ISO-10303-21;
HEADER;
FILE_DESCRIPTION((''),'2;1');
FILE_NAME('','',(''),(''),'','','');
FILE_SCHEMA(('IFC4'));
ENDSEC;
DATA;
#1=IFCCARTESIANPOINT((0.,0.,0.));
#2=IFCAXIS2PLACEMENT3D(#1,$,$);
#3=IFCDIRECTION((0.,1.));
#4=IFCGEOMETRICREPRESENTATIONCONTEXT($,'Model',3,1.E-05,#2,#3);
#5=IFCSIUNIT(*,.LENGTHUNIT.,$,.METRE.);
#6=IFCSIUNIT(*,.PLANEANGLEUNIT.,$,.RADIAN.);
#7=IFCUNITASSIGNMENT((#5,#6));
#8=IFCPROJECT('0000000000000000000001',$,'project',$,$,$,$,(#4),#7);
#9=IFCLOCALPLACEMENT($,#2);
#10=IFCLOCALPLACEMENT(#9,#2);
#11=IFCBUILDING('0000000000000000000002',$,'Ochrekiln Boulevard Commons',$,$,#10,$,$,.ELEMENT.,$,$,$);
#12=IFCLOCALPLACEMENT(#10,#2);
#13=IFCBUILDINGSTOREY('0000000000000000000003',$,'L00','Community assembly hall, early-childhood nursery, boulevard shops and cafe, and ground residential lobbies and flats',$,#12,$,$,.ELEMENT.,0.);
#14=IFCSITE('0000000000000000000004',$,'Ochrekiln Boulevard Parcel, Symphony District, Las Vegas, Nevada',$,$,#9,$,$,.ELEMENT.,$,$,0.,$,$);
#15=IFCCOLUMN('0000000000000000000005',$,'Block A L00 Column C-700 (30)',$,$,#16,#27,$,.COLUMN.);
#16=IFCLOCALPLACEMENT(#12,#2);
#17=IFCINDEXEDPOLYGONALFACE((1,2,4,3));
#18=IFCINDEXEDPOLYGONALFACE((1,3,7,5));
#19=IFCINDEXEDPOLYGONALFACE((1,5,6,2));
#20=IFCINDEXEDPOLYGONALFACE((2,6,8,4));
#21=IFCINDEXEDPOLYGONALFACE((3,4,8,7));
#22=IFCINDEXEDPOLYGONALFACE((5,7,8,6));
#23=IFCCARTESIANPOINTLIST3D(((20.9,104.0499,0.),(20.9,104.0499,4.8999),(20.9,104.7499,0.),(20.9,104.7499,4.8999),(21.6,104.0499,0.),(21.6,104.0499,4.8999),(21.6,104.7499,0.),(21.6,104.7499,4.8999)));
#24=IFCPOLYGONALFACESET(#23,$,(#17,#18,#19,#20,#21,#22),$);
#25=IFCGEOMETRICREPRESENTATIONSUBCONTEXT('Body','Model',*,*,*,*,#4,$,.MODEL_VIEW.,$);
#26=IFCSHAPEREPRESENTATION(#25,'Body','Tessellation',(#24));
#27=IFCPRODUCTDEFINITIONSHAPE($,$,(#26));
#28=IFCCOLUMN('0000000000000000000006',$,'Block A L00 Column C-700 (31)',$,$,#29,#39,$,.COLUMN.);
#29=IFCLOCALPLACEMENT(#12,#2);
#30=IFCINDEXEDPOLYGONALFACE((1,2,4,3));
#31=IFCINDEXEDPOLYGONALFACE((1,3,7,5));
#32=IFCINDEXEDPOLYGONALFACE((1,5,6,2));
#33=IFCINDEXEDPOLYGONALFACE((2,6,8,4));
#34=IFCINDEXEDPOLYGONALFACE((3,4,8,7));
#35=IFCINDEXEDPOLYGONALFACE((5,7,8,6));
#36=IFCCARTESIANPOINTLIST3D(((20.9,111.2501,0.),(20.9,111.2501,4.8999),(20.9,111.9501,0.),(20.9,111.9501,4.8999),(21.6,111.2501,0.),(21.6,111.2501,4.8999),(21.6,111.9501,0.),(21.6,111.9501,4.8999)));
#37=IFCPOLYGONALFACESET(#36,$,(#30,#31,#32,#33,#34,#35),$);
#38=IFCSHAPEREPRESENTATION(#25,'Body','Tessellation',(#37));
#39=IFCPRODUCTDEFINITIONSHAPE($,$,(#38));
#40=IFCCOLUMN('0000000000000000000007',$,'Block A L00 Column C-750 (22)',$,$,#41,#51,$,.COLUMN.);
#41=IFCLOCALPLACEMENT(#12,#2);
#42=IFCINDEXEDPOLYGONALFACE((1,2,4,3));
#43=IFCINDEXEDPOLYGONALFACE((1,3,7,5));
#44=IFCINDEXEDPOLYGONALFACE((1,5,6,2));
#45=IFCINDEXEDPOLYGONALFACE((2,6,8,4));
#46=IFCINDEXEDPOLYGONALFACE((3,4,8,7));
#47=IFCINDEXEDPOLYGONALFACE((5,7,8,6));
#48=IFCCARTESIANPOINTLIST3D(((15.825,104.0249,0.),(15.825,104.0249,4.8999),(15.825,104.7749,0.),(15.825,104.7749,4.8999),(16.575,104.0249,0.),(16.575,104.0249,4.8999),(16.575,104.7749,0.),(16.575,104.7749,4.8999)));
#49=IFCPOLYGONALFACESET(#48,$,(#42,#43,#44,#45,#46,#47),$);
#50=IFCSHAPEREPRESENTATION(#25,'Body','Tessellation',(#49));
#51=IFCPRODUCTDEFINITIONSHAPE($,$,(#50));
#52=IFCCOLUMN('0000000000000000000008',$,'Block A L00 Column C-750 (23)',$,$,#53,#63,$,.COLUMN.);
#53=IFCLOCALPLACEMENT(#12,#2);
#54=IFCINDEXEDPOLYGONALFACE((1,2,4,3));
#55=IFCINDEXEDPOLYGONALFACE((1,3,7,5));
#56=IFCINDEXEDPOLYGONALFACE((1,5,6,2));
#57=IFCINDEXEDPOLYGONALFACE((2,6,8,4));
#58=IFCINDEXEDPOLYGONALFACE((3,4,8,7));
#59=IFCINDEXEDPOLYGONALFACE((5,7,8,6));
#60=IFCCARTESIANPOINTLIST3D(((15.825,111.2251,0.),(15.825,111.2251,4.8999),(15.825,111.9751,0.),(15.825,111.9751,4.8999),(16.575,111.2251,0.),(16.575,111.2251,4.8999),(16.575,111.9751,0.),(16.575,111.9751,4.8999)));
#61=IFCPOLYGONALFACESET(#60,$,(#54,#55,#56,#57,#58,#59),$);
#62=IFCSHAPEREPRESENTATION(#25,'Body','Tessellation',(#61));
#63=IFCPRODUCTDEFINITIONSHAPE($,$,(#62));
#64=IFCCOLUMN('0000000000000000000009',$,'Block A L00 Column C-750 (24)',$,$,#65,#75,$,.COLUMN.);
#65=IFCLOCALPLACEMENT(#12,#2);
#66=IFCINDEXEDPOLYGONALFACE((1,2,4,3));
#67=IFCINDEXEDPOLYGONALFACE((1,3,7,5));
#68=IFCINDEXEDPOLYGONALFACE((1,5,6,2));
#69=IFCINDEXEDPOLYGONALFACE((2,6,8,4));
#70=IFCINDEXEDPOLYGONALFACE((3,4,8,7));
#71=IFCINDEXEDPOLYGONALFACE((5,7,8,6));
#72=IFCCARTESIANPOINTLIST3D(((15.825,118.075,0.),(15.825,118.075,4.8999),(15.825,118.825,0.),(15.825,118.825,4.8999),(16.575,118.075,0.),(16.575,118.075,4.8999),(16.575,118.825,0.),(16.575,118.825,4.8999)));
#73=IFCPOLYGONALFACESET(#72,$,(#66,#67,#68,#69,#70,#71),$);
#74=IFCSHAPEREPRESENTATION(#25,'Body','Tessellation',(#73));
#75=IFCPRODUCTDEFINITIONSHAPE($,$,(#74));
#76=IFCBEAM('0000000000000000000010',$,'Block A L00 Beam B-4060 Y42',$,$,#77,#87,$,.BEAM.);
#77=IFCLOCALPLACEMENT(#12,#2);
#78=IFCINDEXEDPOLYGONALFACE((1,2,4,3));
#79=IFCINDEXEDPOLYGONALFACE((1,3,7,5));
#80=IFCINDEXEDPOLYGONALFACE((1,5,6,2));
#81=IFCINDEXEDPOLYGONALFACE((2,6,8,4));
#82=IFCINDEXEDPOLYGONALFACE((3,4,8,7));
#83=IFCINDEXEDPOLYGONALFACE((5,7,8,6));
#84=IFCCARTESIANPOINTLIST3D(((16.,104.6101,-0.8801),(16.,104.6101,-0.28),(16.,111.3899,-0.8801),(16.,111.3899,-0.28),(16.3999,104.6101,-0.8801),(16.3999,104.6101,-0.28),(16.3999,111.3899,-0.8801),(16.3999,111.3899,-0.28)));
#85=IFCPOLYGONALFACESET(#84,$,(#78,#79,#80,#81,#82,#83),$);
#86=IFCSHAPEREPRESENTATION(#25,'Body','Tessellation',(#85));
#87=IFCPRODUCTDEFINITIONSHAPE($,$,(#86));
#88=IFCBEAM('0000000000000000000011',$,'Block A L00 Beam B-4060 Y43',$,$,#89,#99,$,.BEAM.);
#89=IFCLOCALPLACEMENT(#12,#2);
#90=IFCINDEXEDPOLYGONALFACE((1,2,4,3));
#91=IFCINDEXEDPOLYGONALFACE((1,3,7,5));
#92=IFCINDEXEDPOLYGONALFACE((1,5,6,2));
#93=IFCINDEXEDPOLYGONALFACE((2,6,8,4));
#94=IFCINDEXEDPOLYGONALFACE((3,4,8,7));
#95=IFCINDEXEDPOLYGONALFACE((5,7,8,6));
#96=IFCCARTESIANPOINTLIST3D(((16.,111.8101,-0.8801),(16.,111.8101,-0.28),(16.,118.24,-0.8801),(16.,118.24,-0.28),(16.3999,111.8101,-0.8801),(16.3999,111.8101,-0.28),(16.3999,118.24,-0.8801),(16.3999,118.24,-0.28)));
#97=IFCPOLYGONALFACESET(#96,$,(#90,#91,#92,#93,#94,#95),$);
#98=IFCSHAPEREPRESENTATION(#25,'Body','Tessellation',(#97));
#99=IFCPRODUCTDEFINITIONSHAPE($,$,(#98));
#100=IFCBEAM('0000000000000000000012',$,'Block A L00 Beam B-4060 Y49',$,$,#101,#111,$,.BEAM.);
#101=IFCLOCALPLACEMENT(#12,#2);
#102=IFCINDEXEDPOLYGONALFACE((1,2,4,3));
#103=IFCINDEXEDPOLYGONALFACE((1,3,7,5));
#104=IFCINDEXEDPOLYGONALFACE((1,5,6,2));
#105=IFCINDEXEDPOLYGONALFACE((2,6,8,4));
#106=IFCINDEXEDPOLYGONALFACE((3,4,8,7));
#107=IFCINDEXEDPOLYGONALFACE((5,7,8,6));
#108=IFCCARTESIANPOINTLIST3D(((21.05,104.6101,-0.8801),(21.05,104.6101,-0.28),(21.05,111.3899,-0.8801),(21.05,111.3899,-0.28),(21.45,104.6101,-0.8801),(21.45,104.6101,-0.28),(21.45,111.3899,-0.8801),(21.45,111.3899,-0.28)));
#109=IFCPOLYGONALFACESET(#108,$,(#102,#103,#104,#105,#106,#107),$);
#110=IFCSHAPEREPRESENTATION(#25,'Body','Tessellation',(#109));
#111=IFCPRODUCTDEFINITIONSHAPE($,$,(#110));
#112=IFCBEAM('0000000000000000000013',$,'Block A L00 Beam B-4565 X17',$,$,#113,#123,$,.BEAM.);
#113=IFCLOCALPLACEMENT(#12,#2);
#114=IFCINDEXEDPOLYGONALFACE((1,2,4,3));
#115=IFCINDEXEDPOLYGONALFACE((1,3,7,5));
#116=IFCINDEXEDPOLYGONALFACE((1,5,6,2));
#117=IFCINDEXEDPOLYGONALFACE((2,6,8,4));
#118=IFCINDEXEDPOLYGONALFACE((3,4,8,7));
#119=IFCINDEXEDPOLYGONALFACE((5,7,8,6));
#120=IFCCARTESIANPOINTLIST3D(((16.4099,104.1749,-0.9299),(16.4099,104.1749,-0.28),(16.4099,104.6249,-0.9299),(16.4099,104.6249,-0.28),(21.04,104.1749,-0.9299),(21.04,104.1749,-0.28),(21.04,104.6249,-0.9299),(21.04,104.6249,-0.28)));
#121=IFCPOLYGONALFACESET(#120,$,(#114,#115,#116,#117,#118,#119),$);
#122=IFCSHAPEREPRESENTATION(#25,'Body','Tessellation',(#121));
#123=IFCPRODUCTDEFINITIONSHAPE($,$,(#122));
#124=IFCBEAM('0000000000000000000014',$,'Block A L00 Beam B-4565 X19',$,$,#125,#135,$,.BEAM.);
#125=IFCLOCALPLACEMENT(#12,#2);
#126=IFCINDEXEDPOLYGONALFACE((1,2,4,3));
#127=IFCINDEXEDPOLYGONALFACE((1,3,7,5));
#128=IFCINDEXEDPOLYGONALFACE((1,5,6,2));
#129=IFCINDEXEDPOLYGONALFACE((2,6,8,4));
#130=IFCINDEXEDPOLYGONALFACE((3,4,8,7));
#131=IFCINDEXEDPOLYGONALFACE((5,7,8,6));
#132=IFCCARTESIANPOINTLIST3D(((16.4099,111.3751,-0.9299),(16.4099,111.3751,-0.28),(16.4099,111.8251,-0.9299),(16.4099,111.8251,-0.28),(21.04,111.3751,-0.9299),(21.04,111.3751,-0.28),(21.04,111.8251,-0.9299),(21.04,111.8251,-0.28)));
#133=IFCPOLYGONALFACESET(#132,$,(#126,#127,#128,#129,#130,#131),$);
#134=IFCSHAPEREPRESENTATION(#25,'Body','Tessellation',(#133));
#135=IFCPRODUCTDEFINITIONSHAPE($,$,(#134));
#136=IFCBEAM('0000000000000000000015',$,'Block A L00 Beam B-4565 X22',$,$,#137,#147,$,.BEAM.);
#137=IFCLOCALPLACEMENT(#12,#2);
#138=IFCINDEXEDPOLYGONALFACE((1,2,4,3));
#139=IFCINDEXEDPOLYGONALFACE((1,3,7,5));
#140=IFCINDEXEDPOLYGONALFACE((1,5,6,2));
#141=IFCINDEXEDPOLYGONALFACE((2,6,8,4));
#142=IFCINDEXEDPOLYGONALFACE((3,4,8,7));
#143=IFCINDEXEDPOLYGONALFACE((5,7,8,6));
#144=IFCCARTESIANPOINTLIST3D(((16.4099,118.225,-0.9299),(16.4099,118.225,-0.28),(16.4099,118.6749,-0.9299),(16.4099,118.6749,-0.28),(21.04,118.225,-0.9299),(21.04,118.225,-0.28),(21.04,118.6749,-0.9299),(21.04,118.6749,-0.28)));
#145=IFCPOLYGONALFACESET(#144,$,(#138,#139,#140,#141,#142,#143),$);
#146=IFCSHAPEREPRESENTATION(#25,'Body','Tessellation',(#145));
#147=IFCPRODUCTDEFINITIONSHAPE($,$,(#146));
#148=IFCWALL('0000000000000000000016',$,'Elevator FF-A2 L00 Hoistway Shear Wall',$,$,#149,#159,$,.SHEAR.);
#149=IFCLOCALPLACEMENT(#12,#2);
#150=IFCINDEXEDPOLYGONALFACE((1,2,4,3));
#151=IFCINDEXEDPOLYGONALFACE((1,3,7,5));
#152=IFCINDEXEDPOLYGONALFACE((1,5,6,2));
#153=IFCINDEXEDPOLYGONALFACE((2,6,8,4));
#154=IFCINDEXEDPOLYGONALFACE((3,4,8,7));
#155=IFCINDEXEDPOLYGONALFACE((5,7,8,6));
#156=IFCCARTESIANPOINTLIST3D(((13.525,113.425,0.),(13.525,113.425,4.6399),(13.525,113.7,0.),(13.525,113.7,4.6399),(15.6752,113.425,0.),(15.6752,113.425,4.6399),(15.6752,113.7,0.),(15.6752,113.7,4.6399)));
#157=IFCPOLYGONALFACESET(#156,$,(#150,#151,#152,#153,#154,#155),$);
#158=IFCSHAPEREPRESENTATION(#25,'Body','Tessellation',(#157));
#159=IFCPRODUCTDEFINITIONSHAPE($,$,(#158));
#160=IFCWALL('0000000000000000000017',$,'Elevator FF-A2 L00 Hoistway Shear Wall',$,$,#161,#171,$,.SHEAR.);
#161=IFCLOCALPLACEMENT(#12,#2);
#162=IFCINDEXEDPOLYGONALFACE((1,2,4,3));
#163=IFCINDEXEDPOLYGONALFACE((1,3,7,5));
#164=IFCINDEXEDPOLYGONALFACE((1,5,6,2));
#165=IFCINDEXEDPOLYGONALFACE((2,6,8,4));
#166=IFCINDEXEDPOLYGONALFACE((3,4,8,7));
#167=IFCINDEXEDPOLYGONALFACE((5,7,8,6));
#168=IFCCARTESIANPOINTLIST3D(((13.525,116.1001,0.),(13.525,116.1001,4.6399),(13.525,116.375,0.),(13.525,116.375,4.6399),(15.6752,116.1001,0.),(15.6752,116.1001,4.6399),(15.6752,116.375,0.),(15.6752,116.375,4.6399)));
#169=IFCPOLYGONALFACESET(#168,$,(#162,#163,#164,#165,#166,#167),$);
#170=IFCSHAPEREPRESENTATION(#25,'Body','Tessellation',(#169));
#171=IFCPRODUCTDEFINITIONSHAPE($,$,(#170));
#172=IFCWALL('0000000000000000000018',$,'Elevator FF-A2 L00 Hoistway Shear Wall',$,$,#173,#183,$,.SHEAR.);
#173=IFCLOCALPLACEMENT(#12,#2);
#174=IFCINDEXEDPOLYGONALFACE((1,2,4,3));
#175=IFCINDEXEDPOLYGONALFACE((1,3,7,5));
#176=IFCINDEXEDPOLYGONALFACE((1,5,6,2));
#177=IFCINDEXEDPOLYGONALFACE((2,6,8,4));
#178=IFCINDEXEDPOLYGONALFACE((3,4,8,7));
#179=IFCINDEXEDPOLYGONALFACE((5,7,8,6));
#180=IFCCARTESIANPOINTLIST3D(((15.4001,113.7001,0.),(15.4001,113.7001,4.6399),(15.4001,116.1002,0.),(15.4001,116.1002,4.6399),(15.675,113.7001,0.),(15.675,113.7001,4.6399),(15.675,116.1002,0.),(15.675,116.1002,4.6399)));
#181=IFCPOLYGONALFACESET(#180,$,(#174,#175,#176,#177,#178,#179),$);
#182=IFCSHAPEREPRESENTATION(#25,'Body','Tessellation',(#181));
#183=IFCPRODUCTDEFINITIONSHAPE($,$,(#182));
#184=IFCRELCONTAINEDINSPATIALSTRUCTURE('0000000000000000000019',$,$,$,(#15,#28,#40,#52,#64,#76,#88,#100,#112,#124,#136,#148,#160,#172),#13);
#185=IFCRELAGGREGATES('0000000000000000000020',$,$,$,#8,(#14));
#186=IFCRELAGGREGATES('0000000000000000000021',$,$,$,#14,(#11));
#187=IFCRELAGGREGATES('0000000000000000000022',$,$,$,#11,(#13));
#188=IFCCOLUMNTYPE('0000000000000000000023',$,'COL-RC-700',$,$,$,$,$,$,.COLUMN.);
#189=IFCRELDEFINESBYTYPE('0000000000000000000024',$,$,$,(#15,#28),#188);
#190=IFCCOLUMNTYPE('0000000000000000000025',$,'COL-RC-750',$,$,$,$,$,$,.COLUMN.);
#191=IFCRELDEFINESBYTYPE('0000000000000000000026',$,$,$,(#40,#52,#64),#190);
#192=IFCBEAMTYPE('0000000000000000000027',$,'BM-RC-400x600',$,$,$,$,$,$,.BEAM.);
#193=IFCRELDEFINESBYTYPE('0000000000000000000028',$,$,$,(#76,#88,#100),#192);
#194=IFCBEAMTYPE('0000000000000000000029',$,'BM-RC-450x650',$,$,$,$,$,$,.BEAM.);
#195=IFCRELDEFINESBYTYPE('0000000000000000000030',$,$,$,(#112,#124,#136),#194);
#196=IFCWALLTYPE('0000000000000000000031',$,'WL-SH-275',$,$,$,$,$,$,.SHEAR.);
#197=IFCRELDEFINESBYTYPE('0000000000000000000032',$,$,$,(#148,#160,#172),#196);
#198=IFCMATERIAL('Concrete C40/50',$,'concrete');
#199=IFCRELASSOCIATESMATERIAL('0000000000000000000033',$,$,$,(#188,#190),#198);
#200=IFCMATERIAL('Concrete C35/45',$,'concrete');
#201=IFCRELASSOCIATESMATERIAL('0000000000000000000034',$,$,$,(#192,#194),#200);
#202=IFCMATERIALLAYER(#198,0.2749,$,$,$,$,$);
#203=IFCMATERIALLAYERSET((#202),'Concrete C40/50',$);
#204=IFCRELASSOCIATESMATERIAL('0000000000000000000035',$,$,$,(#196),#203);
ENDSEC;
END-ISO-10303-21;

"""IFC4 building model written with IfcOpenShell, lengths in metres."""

from ifc_helpers import new_model, si_unit, direction, frame, frame_2d, origin, origin_2d, place, context, subcontext, project, spatial, rectangle, extrude, material, layer, layer_set, material_profile, profile_set, type_object, element, save


model = new_model("IFC4")

# Units and contexts
model_context = context("Model", 3, precision=1e-05, world=origin(), true_north=direction((0.0, 1.0)))
body_context = subcontext(model_context, "Body", "Model", "MODEL_VIEW")
ifc_project = project(units=[si_unit("LENGTHUNIT", "METRE"), si_unit("PLANEANGLEUNIT", "RADIAN")], contexts=[model_context])

# Site, building, storey
site_placement = place(None, origin())
site = spatial("IfcSite", under=ifc_project, at=site_placement, Name="Ochrekiln Boulevard Parcel, Symphony District, Las Vegas, Nevada", CompositionType="ELEMENT", RefElevation=0.0)
building_placement = place(site_placement, origin())
building = spatial("IfcBuilding", under=site, at=building_placement, Name="Ochrekiln Boulevard Commons", CompositionType="ELEMENT")
storey_placement = place(building_placement, origin())
storey = spatial("IfcBuildingStorey", under=building, at=storey_placement, Name="L00", Description="Community assembly hall, early-childhood nursery, boulevard shops and cafe, and ground residential lobbies and flats", CompositionType="ELEMENT", Elevation=0.0)

# Columns
ifc_material_1 = material(Name="Concrete C40/50", Category="concrete")
ifc_material_profile_1 = material_profile(ifc_material_1, rectangle(XDim=0.7, YDim=0.7, at=origin_2d()), Name="RC-COL-700x700")
ifc_profile_set_1 = profile_set([ifc_material_profile_1], Name="Concrete C40/50")
column_type_1 = type_object("IfcColumnType", Name="COL-RC-700", PredefinedType="COLUMN", material=ifc_profile_set_1)
for number, where, z_axis, x_axis, name in (
    (1, (21.25, 104.3999, 0.0), (0.0, 0.0, 1.0), (1.0, 0.0, 0.0), "Block A L00 Column C-700 (30)"),
    (2, (21.25, 111.6001, 0.0), (0.0, 0.0, 1.0), (1.0, 0.0, 0.0), "Block A L00 Column C-700 (31)"),
):
    element("IfcColumn", number, at=place(storey_placement, frame(where, z_axis=z_axis, x_axis=x_axis)), inside=storey, type_object=column_type_1, Name=name, PredefinedType="COLUMN", context=body_context, shape_type="SweptSolid", body=[
        extrude(rectangle(XDim=0.7, YDim=0.7, at=origin_2d()), origin(), (0.0, 0.0, 1.0), 4.8999),
    ])
ifc_material_profile_2 = material_profile(ifc_material_1, rectangle(XDim=0.75, YDim=0.75, at=origin_2d()), Name="RC-COL-750x750")
ifc_profile_set_2 = profile_set([ifc_material_profile_2], Name="Concrete C40/50")
column_type_2 = type_object("IfcColumnType", Name="COL-RC-750", PredefinedType="COLUMN", material=ifc_profile_set_2)
for number, where, z_axis, x_axis, name in (
    (3, (16.2, 104.3999, 0.0), (0.0, 0.0, 1.0), (1.0, 0.0, 0.0), "Block A L00 Column C-750 (22)"),
    (4, (16.2, 111.6001, 0.0), (0.0, 0.0, 1.0), (1.0, 0.0, 0.0), "Block A L00 Column C-750 (23)"),
    (5, (16.2, 118.45, 0.0), (0.0, 0.0, 1.0), (1.0, 0.0, 0.0), "Block A L00 Column C-750 (24)"),
):
    element("IfcColumn", number, at=place(storey_placement, frame(where, z_axis=z_axis, x_axis=x_axis)), inside=storey, type_object=column_type_2, Name=name, PredefinedType="COLUMN", context=body_context, shape_type="SweptSolid", body=[
        extrude(rectangle(XDim=0.75, YDim=0.75, at=origin_2d()), origin(), (0.0, 0.0, 1.0), 4.8999),
    ])

# Beams
ifc_material_2 = material(Name="Concrete C35/45", Category="concrete")
ifc_material_profile_3 = material_profile(ifc_material_2, rectangle(XDim=0.3999, YDim=0.6001, at=origin_2d()), Name="RC-BM-400x600")
ifc_profile_set_3 = profile_set([ifc_material_profile_3], Name="Concrete C35/45")
beam_type_1 = type_object("IfcBeamType", Name="BM-RC-400x600", PredefinedType="BEAM", material=ifc_profile_set_3)
beam_1_placement = place(storey_placement, frame((16.2, 104.6101, -0.5801), z_axis=(0.0, 1.0, 0.0), x_axis=(-1.0, 0.0, 0.0)))
element("IfcBeam", 6, at=beam_1_placement, inside=storey, type_object=beam_type_1, Name="Block A L00 Beam B-4060 Y42", PredefinedType="BEAM", context=body_context, shape_type="SweptSolid", body=[
    extrude(rectangle(XDim=0.3999, YDim=0.6001, at=origin_2d()), origin(), (0.0, 0.0, 1.0), 6.7798),
])
beam_2_placement = place(storey_placement, frame((16.2, 111.8101, -0.5801), z_axis=(0.0, 1.0, 0.0), x_axis=(-1.0, 0.0, 0.0)))
element("IfcBeam", 7, at=beam_2_placement, inside=storey, type_object=beam_type_1, Name="Block A L00 Beam B-4060 Y43", PredefinedType="BEAM", context=body_context, shape_type="SweptSolid", body=[
    extrude(rectangle(XDim=0.3999, YDim=0.6001, at=origin_2d()), origin(), (0.0, 0.0, 1.0), 6.4299),
])
beam_3_placement = place(storey_placement, frame((21.25, 104.6101, -0.5801), z_axis=(0.0, 1.0, 0.0), x_axis=(-1.0, 0.0, 0.0)))
element("IfcBeam", 8, at=beam_3_placement, inside=storey, type_object=beam_type_1, Name="Block A L00 Beam B-4060 Y49", PredefinedType="BEAM", context=body_context, shape_type="SweptSolid", body=[
    extrude(rectangle(XDim=0.3999, YDim=0.6001, at=origin_2d()), origin(), (0.0, 0.0, 1.0), 6.7798),
])
ifc_material_profile_4 = material_profile(ifc_material_2, rectangle(XDim=0.45, YDim=0.6499, at=origin_2d()), Name="RC-BM-450x650")
ifc_profile_set_4 = profile_set([ifc_material_profile_4], Name="Concrete C35/45")
beam_type_2 = type_object("IfcBeamType", Name="BM-RC-450x650", PredefinedType="BEAM", material=ifc_profile_set_4)
for number, where, z_axis, x_axis, name in (
    (9, (16.4099, 104.3999, -0.605), (1.0, 0.0, 0.0), (0.0, 1.0, 0.0), "Block A L00 Beam B-4565 X17"),
    (10, (16.4099, 111.6001, -0.605), (1.0, 0.0, 0.0), (0.0, 1.0, 0.0), "Block A L00 Beam B-4565 X19"),
    (11, (16.4099, 118.45, -0.605), (1.0, 0.0, 0.0), (0.0, 1.0, 0.0), "Block A L00 Beam B-4565 X22"),
):
    element("IfcBeam", number, at=place(storey_placement, frame(where, z_axis=z_axis, x_axis=x_axis)), inside=storey, type_object=beam_type_2, Name=name, PredefinedType="BEAM", context=body_context, shape_type="SweptSolid", body=[
        extrude(rectangle(XDim=0.45, YDim=0.6499, at=origin_2d()), origin(), (0.0, 0.0, 1.0), 4.6301),
    ])

# Walls
ifc_layer_1 = layer(ifc_material_1, 0.2749)
ifc_layer_set_1 = layer_set([ifc_layer_1], Name="Concrete C40/50")
wall_type_1 = type_object("IfcWallType", Name="WL-SH-275", PredefinedType="SHEAR", material=ifc_layer_set_1)
for number, where, z_axis, x_axis, name in (
    (12, (13.5249, 113.5625, 0.0), (0.0, 0.0, 1.0), (1.0, 0.0, 0.0), "Elevator FF-A2 L00 Hoistway Shear Wall"),
    (13, (13.5249, 116.2375, 0.0), (0.0, 0.0, 1.0), (1.0, 0.0, 0.0), "Elevator FF-A2 L00 Hoistway Shear Wall"),
):
    element("IfcWall", number, at=place(storey_placement, frame(where, z_axis=z_axis, x_axis=x_axis)), inside=storey, type_object=wall_type_1, Name=name, PredefinedType="SHEAR", context=body_context, shape_type="SweptSolid", body=[
        extrude(rectangle(XDim=2.1501, YDim=0.2749, at=frame_2d((1.0752, 0.0))), origin(), (0.0, 0.0, 1.0), 4.6399),
    ])

# Wall
wall_1_placement = place(storey_placement, frame((15.5376, 113.7, 0.0), z_axis=(0.0, 0.0, 1.0), x_axis=(0.0, 1.0, 0.0)))
element("IfcWall", 14, at=wall_1_placement, inside=storey, type_object=wall_type_1, Name="Elevator FF-A2 L00 Hoistway Shear Wall", PredefinedType="SHEAR", context=body_context, shape_type="SweptSolid", body=[
    extrude(rectangle(XDim=2.4001, YDim=0.2749, at=frame_2d((1.2002, 0.0))), origin(), (0.0, 0.0, 1.0), 4.6399),
])

save(model, "model.ifc")
